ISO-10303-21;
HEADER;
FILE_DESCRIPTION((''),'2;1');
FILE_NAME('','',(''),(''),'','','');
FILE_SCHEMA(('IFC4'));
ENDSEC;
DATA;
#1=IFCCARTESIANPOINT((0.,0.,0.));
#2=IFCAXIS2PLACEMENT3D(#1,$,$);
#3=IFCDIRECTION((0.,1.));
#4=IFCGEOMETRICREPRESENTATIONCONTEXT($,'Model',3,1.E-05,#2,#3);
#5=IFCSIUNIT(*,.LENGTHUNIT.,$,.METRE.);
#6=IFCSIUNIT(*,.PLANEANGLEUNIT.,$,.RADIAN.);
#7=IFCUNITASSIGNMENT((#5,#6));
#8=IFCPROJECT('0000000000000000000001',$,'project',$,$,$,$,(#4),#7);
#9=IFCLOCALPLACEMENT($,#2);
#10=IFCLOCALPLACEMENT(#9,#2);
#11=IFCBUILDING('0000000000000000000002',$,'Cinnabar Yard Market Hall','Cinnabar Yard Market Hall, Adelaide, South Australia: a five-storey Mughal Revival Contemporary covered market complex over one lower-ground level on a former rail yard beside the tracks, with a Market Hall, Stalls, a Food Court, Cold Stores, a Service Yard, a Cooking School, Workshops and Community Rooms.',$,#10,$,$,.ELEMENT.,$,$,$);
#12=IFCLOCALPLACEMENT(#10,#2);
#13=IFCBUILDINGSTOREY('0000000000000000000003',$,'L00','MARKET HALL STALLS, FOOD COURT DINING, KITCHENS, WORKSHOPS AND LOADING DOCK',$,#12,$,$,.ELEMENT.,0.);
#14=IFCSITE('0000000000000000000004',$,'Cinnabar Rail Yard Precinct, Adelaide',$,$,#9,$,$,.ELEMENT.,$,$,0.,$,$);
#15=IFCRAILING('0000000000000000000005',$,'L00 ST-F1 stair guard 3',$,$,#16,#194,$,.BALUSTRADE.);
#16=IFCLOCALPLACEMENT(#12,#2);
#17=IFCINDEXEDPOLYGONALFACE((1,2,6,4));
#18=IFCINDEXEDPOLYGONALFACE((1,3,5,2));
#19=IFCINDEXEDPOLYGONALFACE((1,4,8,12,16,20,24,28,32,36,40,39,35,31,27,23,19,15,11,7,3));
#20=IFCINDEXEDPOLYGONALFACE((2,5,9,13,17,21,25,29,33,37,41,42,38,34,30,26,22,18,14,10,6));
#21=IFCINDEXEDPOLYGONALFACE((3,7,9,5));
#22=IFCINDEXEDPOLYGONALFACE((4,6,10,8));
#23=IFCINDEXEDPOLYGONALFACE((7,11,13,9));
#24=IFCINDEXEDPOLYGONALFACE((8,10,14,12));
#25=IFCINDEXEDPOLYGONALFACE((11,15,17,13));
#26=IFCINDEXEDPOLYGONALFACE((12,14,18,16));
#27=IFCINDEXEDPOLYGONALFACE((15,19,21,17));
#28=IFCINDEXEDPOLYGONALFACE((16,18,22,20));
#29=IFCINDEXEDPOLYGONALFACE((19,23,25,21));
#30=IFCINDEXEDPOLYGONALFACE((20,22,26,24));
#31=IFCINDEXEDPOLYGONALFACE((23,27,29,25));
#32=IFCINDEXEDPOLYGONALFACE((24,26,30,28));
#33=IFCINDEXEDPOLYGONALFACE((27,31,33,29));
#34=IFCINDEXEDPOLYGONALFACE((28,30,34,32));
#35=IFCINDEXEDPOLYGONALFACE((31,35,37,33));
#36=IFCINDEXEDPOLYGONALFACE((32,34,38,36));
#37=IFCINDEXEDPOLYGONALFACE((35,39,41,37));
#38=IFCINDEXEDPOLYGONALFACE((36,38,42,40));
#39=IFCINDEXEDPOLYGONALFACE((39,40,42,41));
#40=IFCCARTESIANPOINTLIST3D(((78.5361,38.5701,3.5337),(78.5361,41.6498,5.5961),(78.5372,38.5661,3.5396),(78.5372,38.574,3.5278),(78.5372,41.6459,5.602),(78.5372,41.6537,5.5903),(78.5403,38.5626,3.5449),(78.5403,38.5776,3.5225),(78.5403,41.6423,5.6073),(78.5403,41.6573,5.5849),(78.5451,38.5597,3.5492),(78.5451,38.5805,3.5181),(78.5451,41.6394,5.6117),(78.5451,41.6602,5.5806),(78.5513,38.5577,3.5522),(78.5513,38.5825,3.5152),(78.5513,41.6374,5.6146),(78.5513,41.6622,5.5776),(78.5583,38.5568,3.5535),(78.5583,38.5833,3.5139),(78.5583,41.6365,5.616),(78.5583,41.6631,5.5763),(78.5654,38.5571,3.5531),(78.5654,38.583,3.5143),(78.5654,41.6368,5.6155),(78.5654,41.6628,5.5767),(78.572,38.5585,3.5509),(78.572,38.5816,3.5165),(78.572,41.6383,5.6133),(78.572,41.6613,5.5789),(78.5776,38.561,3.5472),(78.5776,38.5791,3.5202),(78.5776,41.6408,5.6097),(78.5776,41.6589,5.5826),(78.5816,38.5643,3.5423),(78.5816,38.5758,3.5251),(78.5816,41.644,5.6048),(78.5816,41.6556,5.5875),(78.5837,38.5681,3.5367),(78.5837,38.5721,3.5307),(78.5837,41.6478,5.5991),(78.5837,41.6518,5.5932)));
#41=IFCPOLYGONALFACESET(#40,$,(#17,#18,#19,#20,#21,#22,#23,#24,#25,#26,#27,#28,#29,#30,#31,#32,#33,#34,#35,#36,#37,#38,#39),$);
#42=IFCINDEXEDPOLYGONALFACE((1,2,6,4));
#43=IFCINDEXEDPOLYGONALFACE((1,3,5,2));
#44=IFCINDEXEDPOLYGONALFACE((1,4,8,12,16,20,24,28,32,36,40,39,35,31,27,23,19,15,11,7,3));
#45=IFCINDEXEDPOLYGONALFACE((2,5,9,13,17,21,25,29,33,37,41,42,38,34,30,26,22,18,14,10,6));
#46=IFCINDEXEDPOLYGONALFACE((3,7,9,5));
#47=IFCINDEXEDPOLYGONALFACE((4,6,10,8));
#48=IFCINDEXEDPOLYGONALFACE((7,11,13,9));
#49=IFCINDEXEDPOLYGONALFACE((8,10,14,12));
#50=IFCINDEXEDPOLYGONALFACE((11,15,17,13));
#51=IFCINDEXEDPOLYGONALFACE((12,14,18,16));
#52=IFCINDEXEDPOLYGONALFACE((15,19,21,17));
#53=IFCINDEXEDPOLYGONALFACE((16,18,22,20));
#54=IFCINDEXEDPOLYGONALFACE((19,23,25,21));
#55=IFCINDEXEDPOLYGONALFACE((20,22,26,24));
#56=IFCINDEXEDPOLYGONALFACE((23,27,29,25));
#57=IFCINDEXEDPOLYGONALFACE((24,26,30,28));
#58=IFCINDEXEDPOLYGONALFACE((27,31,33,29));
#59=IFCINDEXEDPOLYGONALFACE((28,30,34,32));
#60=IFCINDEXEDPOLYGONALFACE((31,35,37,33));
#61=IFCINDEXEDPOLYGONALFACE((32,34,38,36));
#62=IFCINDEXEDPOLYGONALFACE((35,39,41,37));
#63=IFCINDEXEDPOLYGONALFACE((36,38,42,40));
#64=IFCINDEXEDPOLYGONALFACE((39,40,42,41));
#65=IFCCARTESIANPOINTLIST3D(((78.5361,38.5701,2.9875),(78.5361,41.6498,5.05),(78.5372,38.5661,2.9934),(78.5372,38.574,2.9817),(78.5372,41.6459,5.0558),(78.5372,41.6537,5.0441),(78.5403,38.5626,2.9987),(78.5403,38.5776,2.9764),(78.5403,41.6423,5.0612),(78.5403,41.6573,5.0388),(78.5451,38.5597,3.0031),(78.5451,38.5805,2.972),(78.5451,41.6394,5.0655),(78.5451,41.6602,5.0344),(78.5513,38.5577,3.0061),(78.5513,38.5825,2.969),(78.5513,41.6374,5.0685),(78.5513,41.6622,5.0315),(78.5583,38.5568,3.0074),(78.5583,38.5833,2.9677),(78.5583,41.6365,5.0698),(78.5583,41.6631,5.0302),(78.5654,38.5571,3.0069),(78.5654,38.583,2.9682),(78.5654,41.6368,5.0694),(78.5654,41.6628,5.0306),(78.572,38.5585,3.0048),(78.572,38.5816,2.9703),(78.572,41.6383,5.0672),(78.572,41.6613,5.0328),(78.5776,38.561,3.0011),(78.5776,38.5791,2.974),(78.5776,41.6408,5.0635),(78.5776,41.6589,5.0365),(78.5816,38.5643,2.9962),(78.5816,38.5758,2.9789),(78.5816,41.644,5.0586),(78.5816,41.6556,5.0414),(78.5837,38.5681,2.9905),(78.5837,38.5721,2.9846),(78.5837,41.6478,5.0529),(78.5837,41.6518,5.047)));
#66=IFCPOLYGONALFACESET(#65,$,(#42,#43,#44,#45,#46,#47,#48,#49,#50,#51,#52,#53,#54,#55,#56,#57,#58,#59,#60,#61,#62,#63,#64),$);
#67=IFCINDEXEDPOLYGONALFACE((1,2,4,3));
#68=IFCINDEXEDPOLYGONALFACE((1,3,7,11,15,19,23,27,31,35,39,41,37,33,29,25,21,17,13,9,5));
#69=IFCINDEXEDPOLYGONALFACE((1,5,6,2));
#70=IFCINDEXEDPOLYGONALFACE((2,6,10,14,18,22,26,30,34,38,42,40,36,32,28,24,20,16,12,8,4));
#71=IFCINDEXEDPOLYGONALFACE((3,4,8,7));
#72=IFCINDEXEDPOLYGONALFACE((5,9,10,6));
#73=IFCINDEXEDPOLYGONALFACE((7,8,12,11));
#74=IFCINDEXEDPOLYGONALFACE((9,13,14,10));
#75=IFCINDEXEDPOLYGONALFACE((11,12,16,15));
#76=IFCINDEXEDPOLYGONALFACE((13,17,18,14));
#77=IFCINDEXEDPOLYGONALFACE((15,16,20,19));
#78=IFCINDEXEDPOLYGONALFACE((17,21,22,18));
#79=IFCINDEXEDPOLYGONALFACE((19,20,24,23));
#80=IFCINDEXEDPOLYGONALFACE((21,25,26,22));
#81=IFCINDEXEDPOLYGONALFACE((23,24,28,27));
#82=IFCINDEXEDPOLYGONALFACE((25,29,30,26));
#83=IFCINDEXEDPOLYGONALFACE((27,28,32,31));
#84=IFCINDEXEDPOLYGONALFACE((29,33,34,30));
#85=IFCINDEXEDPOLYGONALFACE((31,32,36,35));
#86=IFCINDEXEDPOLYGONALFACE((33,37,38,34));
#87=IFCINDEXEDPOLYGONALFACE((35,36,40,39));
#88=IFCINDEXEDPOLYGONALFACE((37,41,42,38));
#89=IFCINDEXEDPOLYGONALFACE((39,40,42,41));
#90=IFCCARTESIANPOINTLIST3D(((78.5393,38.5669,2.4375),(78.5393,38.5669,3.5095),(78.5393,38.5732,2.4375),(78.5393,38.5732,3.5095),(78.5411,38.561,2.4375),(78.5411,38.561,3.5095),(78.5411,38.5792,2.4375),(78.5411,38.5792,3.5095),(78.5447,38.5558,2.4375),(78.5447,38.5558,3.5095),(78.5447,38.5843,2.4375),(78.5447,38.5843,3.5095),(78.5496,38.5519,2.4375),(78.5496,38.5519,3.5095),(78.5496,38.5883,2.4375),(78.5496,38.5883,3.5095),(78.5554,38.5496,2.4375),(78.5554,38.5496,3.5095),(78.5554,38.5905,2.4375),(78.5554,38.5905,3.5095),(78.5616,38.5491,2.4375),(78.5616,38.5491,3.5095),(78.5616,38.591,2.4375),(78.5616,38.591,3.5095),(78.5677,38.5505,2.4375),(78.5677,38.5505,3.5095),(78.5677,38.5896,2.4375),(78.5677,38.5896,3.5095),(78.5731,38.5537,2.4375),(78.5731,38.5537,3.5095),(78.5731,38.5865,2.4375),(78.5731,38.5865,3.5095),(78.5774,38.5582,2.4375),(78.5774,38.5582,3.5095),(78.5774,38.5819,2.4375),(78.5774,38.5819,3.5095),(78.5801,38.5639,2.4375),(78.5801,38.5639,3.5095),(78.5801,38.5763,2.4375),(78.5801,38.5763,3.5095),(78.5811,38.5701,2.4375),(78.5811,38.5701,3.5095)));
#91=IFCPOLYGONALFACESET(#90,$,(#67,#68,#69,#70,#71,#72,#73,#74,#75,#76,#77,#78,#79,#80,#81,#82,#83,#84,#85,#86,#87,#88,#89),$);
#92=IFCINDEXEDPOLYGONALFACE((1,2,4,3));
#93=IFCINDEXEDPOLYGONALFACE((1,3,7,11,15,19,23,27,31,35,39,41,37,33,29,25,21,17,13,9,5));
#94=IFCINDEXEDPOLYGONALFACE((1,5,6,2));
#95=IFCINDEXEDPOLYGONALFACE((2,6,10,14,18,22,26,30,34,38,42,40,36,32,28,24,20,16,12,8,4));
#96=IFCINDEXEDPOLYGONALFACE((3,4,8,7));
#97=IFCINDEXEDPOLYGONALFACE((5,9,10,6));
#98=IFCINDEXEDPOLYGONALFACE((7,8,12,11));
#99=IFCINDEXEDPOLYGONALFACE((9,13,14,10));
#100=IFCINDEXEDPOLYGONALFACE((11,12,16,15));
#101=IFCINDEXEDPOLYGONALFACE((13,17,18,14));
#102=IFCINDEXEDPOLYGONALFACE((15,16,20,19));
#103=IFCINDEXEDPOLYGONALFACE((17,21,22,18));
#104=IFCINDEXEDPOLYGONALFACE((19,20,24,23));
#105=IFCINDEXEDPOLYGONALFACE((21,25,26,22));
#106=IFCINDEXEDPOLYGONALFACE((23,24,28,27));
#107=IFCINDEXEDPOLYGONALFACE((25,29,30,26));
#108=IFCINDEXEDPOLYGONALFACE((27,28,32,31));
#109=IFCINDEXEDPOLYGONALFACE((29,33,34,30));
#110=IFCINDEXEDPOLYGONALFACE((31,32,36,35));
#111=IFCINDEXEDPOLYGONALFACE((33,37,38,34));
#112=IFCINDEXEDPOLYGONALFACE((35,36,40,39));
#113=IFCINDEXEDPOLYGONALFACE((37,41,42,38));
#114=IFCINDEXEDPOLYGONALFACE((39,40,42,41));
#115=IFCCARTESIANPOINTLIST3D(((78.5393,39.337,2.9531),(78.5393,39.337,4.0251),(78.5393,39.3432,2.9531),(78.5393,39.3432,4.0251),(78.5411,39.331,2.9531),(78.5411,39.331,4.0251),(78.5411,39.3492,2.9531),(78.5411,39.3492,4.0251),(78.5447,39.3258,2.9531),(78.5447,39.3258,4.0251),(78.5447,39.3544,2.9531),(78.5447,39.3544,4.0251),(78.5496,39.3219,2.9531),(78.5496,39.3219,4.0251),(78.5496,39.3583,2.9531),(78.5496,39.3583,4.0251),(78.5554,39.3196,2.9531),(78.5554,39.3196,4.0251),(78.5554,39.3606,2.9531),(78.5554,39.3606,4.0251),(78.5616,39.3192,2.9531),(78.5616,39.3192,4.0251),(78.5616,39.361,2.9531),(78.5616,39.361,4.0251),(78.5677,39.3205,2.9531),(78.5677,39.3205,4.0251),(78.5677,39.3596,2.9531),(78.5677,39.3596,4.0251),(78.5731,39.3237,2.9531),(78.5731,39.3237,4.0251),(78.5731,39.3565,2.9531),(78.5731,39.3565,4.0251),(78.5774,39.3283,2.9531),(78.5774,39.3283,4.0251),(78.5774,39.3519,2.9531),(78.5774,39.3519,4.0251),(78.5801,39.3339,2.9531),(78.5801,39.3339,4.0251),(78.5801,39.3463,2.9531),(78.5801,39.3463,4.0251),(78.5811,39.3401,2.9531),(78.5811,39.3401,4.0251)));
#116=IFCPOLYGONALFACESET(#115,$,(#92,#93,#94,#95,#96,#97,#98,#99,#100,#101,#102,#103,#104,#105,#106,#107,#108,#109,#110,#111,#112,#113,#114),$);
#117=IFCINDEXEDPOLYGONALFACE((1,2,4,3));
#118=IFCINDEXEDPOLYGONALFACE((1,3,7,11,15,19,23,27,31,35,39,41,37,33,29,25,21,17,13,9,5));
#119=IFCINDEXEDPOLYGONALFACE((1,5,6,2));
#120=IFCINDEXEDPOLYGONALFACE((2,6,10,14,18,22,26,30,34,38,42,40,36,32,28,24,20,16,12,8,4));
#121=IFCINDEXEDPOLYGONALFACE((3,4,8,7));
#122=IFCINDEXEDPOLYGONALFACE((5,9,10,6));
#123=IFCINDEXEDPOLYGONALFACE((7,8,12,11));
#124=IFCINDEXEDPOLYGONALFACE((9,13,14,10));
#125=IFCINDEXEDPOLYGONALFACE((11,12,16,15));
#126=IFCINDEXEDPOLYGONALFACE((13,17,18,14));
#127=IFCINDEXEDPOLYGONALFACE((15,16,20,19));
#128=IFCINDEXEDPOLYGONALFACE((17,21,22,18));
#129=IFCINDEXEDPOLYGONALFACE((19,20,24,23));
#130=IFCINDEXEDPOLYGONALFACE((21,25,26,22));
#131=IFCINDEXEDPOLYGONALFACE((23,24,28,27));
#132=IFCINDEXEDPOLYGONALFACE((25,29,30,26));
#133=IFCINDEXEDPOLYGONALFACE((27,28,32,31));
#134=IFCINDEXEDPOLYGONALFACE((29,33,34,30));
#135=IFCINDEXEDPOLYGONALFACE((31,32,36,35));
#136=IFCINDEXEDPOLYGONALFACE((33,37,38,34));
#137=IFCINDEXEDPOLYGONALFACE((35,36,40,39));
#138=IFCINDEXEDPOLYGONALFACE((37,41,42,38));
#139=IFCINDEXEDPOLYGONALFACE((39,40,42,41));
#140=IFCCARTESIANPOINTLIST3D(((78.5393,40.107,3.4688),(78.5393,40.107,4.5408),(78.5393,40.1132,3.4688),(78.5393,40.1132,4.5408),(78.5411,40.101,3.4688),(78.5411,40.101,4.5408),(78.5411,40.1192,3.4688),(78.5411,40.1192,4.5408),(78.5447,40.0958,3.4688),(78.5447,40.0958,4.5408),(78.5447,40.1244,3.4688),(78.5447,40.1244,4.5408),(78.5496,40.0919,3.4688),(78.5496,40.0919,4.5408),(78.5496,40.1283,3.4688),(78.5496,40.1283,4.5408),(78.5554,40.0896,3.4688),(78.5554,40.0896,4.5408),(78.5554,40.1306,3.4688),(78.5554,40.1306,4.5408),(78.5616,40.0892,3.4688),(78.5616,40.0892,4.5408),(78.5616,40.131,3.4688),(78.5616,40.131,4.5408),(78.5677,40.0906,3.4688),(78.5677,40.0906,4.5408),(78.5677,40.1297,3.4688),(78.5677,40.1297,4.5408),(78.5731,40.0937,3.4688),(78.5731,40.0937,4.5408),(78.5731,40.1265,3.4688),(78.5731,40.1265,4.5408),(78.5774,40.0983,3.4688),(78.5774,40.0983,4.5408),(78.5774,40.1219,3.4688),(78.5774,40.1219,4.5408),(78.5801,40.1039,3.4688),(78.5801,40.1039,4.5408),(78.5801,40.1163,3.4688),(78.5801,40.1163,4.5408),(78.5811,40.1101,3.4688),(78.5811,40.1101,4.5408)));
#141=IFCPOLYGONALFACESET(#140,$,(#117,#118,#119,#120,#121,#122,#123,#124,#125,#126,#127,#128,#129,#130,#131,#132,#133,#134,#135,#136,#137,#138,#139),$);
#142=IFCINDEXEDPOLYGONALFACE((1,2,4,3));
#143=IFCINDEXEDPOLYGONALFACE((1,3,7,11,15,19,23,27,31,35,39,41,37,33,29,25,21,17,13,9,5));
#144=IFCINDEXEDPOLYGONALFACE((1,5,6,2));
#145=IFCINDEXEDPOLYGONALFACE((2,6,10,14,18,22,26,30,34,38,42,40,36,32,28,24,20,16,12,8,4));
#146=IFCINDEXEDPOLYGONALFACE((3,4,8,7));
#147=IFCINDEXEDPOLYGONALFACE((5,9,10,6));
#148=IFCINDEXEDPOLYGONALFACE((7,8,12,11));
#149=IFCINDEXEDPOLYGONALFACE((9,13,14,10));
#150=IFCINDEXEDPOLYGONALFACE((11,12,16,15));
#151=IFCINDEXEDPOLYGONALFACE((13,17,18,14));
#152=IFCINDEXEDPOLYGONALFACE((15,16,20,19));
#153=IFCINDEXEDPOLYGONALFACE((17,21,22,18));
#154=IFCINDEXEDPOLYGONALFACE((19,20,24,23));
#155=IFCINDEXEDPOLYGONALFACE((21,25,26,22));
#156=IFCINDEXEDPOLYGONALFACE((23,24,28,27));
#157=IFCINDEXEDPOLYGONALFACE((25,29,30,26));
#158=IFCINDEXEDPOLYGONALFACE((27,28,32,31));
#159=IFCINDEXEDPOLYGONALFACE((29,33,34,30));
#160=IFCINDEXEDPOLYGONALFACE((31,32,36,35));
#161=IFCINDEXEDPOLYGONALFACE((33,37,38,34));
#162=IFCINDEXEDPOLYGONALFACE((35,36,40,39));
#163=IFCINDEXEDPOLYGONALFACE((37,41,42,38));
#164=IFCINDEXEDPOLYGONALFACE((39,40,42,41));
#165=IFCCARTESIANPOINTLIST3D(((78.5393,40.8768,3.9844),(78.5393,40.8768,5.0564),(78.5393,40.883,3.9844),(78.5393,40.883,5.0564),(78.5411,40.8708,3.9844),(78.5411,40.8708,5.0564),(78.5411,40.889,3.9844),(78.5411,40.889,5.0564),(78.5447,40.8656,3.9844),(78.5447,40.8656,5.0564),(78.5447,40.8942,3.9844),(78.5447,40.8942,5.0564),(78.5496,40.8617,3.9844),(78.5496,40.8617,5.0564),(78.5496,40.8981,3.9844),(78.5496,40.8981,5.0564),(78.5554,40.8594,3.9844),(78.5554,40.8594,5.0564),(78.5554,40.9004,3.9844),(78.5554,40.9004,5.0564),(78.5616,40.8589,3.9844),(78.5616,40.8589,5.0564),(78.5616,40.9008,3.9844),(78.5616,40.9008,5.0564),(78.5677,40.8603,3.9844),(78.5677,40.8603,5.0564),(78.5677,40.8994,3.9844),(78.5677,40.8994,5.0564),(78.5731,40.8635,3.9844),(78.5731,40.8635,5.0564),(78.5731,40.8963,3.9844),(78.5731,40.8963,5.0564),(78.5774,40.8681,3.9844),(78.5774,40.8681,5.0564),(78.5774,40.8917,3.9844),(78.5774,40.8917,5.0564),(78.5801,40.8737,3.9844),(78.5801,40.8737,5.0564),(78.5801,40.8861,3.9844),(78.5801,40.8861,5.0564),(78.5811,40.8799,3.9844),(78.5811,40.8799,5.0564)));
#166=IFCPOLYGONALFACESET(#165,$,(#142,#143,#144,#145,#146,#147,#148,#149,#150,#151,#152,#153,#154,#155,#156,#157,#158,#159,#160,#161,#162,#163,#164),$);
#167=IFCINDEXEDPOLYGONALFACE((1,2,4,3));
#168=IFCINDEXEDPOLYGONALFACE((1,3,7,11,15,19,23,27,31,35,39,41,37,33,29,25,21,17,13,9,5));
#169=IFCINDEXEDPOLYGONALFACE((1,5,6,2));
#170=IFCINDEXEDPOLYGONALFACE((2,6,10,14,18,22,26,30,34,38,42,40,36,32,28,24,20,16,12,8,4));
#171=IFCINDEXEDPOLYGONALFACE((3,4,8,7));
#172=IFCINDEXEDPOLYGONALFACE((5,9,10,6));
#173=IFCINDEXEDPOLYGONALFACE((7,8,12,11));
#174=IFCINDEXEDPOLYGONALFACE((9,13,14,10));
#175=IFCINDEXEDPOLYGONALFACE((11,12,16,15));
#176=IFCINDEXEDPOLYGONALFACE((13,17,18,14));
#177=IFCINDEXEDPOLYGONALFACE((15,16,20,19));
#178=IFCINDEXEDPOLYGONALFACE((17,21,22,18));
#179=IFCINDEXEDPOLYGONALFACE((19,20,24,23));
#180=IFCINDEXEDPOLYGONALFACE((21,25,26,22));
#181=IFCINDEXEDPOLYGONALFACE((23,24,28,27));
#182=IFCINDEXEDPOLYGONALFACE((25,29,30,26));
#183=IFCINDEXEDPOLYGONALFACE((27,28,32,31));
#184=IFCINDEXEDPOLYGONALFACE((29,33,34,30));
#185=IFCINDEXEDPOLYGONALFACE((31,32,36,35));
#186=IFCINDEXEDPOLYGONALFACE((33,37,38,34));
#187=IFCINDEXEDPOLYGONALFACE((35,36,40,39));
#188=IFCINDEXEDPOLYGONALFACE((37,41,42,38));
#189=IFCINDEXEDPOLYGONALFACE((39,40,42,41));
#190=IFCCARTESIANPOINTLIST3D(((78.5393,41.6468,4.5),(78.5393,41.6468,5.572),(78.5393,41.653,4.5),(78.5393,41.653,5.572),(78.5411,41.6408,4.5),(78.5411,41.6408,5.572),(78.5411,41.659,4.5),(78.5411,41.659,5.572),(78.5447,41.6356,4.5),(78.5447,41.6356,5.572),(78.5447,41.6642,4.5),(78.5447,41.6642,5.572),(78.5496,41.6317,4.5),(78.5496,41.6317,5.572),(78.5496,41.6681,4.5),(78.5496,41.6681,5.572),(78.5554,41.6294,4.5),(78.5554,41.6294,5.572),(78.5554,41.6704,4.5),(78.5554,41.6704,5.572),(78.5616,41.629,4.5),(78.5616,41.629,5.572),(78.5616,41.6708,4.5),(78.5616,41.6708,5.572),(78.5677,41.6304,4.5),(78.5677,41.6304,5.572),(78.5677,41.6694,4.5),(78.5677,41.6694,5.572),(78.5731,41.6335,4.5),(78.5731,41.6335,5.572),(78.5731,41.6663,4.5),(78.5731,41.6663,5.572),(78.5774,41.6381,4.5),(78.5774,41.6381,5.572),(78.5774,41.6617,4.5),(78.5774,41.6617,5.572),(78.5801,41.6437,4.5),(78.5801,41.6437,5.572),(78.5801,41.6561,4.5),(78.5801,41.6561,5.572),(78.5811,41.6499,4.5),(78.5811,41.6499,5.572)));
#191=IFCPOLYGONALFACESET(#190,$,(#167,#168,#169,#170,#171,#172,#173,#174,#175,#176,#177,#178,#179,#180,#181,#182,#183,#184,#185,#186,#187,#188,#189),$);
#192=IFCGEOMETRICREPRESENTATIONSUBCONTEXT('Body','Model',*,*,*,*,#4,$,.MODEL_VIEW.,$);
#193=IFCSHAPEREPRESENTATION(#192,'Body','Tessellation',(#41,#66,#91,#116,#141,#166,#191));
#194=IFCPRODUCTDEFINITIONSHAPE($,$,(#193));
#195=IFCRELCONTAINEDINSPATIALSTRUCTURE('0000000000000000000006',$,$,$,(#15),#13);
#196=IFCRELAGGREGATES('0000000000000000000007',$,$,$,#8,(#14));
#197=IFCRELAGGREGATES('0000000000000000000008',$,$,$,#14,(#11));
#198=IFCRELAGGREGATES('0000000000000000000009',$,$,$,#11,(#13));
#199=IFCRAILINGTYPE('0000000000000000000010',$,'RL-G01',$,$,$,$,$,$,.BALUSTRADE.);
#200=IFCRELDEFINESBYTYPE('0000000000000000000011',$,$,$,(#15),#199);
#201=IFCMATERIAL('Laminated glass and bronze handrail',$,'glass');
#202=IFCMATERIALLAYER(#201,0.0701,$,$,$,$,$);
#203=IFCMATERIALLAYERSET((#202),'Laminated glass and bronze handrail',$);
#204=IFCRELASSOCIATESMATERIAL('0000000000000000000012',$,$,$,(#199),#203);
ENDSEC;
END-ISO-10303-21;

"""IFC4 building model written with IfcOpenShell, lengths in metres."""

from ifc_helpers import new_model, si_unit, direction, frame, origin, origin_2d_with_axis, place, context, subcontext, project, spatial, circle, extrude, material, layer, layer_set, type_object, element, save


model = new_model("IFC4")

# Units and contexts
model_context = context("Model", 3, precision=1e-05, world=origin(), true_north=direction((0.0, 1.0)))
body_context = subcontext(model_context, "Body", "Model", "MODEL_VIEW")
ifc_project = project(units=[si_unit("LENGTHUNIT", "METRE"), si_unit("PLANEANGLEUNIT", "RADIAN")], contexts=[model_context])

# Site, building, storey
site_placement = place(None, origin())
site = spatial("IfcSite", under=ifc_project, at=site_placement, Name="Cinnabar Rail Yard Precinct, Adelaide", CompositionType="ELEMENT", RefElevation=0.0)
building_placement = place(site_placement, origin())
building = spatial("IfcBuilding", under=site, at=building_placement, Name="Cinnabar Yard Market Hall", Description="Cinnabar Yard Market Hall, Adelaide, South Australia: a five-storey Mughal Revival Contemporary covered market complex over one lower-ground level on a former rail yard beside the tracks, with a Market Hall, Stalls, a Food Court, Cold Stores, a Service Yard, a Cooking School, Workshops and Community Rooms.", CompositionType="ELEMENT")
storey_placement = place(building_placement, origin())
storey = spatial("IfcBuildingStorey", under=building, at=storey_placement, Name="L00", Description="MARKET HALL STALLS, FOOD COURT DINING, KITCHENS, WORKSHOPS AND LOADING DOCK", CompositionType="ELEMENT", Elevation=0.0)

# Railing
ifc_material_1 = material(Name="Laminated glass and bronze handrail", Category="glass")
ifc_layer_1 = layer(ifc_material_1, 0.0701)
ifc_layer_set_1 = layer_set([ifc_layer_1], Name="Laminated glass and bronze handrail")
railing_type_1 = type_object("IfcRailingType", Name="RL-G01", PredefinedType="BALUSTRADE", material=ifc_layer_set_1)
railing_1_placement = place(storey_placement, frame((78.5601, 38.5701, 2.4375)))
element("IfcRailing", 1, at=railing_1_placement, inside=storey, type_object=railing_type_1, Name="L00 ST-F1 stair guard 3", PredefinedType="BALUSTRADE", context=body_context, shape_type="SweptSolid", body=[
    extrude(circle(Radius=0.0239, at=origin_2d_with_axis()), frame((0.0, 0.0, 1.0962), z_axis=(0.0, 0.830893, 0.556432), x_axis=(-1.0, 0.0, 0.0)), (0.0, 0.0, 1.0), 3.7065),
    extrude(circle(Radius=0.0239, at=origin_2d_with_axis()), frame((0.0, 0.0, 0.55), z_axis=(0.0, 0.830893, 0.556432), x_axis=(-1.0, 0.0, 0.0)), (0.0, 0.0, 1.0), 3.7065),
    extrude(circle(Radius=0.021, at=origin_2d_with_axis()), origin(), (0.0, 0.0, 1.0), 1.072),
    extrude(circle(Radius=0.021, at=origin_2d_with_axis()), frame((0.0, 0.77, 0.5156)), (0.0, 0.0, 1.0), 1.072),
    extrude(circle(Radius=0.021, at=origin_2d_with_axis()), frame((0.0, 1.54, 1.0312)), (0.0, 0.0, 1.0), 1.072),
    extrude(circle(Radius=0.021, at=origin_2d_with_axis()), frame((0.0, 2.3098, 1.5469)), (0.0, 0.0, 1.0), 1.072),
    extrude(circle(Radius=0.021, at=origin_2d_with_axis()), frame((0.0, 3.0798, 2.0625)), (0.0, 0.0, 1.0), 1.072),
])

save(model, "model.ifc")
